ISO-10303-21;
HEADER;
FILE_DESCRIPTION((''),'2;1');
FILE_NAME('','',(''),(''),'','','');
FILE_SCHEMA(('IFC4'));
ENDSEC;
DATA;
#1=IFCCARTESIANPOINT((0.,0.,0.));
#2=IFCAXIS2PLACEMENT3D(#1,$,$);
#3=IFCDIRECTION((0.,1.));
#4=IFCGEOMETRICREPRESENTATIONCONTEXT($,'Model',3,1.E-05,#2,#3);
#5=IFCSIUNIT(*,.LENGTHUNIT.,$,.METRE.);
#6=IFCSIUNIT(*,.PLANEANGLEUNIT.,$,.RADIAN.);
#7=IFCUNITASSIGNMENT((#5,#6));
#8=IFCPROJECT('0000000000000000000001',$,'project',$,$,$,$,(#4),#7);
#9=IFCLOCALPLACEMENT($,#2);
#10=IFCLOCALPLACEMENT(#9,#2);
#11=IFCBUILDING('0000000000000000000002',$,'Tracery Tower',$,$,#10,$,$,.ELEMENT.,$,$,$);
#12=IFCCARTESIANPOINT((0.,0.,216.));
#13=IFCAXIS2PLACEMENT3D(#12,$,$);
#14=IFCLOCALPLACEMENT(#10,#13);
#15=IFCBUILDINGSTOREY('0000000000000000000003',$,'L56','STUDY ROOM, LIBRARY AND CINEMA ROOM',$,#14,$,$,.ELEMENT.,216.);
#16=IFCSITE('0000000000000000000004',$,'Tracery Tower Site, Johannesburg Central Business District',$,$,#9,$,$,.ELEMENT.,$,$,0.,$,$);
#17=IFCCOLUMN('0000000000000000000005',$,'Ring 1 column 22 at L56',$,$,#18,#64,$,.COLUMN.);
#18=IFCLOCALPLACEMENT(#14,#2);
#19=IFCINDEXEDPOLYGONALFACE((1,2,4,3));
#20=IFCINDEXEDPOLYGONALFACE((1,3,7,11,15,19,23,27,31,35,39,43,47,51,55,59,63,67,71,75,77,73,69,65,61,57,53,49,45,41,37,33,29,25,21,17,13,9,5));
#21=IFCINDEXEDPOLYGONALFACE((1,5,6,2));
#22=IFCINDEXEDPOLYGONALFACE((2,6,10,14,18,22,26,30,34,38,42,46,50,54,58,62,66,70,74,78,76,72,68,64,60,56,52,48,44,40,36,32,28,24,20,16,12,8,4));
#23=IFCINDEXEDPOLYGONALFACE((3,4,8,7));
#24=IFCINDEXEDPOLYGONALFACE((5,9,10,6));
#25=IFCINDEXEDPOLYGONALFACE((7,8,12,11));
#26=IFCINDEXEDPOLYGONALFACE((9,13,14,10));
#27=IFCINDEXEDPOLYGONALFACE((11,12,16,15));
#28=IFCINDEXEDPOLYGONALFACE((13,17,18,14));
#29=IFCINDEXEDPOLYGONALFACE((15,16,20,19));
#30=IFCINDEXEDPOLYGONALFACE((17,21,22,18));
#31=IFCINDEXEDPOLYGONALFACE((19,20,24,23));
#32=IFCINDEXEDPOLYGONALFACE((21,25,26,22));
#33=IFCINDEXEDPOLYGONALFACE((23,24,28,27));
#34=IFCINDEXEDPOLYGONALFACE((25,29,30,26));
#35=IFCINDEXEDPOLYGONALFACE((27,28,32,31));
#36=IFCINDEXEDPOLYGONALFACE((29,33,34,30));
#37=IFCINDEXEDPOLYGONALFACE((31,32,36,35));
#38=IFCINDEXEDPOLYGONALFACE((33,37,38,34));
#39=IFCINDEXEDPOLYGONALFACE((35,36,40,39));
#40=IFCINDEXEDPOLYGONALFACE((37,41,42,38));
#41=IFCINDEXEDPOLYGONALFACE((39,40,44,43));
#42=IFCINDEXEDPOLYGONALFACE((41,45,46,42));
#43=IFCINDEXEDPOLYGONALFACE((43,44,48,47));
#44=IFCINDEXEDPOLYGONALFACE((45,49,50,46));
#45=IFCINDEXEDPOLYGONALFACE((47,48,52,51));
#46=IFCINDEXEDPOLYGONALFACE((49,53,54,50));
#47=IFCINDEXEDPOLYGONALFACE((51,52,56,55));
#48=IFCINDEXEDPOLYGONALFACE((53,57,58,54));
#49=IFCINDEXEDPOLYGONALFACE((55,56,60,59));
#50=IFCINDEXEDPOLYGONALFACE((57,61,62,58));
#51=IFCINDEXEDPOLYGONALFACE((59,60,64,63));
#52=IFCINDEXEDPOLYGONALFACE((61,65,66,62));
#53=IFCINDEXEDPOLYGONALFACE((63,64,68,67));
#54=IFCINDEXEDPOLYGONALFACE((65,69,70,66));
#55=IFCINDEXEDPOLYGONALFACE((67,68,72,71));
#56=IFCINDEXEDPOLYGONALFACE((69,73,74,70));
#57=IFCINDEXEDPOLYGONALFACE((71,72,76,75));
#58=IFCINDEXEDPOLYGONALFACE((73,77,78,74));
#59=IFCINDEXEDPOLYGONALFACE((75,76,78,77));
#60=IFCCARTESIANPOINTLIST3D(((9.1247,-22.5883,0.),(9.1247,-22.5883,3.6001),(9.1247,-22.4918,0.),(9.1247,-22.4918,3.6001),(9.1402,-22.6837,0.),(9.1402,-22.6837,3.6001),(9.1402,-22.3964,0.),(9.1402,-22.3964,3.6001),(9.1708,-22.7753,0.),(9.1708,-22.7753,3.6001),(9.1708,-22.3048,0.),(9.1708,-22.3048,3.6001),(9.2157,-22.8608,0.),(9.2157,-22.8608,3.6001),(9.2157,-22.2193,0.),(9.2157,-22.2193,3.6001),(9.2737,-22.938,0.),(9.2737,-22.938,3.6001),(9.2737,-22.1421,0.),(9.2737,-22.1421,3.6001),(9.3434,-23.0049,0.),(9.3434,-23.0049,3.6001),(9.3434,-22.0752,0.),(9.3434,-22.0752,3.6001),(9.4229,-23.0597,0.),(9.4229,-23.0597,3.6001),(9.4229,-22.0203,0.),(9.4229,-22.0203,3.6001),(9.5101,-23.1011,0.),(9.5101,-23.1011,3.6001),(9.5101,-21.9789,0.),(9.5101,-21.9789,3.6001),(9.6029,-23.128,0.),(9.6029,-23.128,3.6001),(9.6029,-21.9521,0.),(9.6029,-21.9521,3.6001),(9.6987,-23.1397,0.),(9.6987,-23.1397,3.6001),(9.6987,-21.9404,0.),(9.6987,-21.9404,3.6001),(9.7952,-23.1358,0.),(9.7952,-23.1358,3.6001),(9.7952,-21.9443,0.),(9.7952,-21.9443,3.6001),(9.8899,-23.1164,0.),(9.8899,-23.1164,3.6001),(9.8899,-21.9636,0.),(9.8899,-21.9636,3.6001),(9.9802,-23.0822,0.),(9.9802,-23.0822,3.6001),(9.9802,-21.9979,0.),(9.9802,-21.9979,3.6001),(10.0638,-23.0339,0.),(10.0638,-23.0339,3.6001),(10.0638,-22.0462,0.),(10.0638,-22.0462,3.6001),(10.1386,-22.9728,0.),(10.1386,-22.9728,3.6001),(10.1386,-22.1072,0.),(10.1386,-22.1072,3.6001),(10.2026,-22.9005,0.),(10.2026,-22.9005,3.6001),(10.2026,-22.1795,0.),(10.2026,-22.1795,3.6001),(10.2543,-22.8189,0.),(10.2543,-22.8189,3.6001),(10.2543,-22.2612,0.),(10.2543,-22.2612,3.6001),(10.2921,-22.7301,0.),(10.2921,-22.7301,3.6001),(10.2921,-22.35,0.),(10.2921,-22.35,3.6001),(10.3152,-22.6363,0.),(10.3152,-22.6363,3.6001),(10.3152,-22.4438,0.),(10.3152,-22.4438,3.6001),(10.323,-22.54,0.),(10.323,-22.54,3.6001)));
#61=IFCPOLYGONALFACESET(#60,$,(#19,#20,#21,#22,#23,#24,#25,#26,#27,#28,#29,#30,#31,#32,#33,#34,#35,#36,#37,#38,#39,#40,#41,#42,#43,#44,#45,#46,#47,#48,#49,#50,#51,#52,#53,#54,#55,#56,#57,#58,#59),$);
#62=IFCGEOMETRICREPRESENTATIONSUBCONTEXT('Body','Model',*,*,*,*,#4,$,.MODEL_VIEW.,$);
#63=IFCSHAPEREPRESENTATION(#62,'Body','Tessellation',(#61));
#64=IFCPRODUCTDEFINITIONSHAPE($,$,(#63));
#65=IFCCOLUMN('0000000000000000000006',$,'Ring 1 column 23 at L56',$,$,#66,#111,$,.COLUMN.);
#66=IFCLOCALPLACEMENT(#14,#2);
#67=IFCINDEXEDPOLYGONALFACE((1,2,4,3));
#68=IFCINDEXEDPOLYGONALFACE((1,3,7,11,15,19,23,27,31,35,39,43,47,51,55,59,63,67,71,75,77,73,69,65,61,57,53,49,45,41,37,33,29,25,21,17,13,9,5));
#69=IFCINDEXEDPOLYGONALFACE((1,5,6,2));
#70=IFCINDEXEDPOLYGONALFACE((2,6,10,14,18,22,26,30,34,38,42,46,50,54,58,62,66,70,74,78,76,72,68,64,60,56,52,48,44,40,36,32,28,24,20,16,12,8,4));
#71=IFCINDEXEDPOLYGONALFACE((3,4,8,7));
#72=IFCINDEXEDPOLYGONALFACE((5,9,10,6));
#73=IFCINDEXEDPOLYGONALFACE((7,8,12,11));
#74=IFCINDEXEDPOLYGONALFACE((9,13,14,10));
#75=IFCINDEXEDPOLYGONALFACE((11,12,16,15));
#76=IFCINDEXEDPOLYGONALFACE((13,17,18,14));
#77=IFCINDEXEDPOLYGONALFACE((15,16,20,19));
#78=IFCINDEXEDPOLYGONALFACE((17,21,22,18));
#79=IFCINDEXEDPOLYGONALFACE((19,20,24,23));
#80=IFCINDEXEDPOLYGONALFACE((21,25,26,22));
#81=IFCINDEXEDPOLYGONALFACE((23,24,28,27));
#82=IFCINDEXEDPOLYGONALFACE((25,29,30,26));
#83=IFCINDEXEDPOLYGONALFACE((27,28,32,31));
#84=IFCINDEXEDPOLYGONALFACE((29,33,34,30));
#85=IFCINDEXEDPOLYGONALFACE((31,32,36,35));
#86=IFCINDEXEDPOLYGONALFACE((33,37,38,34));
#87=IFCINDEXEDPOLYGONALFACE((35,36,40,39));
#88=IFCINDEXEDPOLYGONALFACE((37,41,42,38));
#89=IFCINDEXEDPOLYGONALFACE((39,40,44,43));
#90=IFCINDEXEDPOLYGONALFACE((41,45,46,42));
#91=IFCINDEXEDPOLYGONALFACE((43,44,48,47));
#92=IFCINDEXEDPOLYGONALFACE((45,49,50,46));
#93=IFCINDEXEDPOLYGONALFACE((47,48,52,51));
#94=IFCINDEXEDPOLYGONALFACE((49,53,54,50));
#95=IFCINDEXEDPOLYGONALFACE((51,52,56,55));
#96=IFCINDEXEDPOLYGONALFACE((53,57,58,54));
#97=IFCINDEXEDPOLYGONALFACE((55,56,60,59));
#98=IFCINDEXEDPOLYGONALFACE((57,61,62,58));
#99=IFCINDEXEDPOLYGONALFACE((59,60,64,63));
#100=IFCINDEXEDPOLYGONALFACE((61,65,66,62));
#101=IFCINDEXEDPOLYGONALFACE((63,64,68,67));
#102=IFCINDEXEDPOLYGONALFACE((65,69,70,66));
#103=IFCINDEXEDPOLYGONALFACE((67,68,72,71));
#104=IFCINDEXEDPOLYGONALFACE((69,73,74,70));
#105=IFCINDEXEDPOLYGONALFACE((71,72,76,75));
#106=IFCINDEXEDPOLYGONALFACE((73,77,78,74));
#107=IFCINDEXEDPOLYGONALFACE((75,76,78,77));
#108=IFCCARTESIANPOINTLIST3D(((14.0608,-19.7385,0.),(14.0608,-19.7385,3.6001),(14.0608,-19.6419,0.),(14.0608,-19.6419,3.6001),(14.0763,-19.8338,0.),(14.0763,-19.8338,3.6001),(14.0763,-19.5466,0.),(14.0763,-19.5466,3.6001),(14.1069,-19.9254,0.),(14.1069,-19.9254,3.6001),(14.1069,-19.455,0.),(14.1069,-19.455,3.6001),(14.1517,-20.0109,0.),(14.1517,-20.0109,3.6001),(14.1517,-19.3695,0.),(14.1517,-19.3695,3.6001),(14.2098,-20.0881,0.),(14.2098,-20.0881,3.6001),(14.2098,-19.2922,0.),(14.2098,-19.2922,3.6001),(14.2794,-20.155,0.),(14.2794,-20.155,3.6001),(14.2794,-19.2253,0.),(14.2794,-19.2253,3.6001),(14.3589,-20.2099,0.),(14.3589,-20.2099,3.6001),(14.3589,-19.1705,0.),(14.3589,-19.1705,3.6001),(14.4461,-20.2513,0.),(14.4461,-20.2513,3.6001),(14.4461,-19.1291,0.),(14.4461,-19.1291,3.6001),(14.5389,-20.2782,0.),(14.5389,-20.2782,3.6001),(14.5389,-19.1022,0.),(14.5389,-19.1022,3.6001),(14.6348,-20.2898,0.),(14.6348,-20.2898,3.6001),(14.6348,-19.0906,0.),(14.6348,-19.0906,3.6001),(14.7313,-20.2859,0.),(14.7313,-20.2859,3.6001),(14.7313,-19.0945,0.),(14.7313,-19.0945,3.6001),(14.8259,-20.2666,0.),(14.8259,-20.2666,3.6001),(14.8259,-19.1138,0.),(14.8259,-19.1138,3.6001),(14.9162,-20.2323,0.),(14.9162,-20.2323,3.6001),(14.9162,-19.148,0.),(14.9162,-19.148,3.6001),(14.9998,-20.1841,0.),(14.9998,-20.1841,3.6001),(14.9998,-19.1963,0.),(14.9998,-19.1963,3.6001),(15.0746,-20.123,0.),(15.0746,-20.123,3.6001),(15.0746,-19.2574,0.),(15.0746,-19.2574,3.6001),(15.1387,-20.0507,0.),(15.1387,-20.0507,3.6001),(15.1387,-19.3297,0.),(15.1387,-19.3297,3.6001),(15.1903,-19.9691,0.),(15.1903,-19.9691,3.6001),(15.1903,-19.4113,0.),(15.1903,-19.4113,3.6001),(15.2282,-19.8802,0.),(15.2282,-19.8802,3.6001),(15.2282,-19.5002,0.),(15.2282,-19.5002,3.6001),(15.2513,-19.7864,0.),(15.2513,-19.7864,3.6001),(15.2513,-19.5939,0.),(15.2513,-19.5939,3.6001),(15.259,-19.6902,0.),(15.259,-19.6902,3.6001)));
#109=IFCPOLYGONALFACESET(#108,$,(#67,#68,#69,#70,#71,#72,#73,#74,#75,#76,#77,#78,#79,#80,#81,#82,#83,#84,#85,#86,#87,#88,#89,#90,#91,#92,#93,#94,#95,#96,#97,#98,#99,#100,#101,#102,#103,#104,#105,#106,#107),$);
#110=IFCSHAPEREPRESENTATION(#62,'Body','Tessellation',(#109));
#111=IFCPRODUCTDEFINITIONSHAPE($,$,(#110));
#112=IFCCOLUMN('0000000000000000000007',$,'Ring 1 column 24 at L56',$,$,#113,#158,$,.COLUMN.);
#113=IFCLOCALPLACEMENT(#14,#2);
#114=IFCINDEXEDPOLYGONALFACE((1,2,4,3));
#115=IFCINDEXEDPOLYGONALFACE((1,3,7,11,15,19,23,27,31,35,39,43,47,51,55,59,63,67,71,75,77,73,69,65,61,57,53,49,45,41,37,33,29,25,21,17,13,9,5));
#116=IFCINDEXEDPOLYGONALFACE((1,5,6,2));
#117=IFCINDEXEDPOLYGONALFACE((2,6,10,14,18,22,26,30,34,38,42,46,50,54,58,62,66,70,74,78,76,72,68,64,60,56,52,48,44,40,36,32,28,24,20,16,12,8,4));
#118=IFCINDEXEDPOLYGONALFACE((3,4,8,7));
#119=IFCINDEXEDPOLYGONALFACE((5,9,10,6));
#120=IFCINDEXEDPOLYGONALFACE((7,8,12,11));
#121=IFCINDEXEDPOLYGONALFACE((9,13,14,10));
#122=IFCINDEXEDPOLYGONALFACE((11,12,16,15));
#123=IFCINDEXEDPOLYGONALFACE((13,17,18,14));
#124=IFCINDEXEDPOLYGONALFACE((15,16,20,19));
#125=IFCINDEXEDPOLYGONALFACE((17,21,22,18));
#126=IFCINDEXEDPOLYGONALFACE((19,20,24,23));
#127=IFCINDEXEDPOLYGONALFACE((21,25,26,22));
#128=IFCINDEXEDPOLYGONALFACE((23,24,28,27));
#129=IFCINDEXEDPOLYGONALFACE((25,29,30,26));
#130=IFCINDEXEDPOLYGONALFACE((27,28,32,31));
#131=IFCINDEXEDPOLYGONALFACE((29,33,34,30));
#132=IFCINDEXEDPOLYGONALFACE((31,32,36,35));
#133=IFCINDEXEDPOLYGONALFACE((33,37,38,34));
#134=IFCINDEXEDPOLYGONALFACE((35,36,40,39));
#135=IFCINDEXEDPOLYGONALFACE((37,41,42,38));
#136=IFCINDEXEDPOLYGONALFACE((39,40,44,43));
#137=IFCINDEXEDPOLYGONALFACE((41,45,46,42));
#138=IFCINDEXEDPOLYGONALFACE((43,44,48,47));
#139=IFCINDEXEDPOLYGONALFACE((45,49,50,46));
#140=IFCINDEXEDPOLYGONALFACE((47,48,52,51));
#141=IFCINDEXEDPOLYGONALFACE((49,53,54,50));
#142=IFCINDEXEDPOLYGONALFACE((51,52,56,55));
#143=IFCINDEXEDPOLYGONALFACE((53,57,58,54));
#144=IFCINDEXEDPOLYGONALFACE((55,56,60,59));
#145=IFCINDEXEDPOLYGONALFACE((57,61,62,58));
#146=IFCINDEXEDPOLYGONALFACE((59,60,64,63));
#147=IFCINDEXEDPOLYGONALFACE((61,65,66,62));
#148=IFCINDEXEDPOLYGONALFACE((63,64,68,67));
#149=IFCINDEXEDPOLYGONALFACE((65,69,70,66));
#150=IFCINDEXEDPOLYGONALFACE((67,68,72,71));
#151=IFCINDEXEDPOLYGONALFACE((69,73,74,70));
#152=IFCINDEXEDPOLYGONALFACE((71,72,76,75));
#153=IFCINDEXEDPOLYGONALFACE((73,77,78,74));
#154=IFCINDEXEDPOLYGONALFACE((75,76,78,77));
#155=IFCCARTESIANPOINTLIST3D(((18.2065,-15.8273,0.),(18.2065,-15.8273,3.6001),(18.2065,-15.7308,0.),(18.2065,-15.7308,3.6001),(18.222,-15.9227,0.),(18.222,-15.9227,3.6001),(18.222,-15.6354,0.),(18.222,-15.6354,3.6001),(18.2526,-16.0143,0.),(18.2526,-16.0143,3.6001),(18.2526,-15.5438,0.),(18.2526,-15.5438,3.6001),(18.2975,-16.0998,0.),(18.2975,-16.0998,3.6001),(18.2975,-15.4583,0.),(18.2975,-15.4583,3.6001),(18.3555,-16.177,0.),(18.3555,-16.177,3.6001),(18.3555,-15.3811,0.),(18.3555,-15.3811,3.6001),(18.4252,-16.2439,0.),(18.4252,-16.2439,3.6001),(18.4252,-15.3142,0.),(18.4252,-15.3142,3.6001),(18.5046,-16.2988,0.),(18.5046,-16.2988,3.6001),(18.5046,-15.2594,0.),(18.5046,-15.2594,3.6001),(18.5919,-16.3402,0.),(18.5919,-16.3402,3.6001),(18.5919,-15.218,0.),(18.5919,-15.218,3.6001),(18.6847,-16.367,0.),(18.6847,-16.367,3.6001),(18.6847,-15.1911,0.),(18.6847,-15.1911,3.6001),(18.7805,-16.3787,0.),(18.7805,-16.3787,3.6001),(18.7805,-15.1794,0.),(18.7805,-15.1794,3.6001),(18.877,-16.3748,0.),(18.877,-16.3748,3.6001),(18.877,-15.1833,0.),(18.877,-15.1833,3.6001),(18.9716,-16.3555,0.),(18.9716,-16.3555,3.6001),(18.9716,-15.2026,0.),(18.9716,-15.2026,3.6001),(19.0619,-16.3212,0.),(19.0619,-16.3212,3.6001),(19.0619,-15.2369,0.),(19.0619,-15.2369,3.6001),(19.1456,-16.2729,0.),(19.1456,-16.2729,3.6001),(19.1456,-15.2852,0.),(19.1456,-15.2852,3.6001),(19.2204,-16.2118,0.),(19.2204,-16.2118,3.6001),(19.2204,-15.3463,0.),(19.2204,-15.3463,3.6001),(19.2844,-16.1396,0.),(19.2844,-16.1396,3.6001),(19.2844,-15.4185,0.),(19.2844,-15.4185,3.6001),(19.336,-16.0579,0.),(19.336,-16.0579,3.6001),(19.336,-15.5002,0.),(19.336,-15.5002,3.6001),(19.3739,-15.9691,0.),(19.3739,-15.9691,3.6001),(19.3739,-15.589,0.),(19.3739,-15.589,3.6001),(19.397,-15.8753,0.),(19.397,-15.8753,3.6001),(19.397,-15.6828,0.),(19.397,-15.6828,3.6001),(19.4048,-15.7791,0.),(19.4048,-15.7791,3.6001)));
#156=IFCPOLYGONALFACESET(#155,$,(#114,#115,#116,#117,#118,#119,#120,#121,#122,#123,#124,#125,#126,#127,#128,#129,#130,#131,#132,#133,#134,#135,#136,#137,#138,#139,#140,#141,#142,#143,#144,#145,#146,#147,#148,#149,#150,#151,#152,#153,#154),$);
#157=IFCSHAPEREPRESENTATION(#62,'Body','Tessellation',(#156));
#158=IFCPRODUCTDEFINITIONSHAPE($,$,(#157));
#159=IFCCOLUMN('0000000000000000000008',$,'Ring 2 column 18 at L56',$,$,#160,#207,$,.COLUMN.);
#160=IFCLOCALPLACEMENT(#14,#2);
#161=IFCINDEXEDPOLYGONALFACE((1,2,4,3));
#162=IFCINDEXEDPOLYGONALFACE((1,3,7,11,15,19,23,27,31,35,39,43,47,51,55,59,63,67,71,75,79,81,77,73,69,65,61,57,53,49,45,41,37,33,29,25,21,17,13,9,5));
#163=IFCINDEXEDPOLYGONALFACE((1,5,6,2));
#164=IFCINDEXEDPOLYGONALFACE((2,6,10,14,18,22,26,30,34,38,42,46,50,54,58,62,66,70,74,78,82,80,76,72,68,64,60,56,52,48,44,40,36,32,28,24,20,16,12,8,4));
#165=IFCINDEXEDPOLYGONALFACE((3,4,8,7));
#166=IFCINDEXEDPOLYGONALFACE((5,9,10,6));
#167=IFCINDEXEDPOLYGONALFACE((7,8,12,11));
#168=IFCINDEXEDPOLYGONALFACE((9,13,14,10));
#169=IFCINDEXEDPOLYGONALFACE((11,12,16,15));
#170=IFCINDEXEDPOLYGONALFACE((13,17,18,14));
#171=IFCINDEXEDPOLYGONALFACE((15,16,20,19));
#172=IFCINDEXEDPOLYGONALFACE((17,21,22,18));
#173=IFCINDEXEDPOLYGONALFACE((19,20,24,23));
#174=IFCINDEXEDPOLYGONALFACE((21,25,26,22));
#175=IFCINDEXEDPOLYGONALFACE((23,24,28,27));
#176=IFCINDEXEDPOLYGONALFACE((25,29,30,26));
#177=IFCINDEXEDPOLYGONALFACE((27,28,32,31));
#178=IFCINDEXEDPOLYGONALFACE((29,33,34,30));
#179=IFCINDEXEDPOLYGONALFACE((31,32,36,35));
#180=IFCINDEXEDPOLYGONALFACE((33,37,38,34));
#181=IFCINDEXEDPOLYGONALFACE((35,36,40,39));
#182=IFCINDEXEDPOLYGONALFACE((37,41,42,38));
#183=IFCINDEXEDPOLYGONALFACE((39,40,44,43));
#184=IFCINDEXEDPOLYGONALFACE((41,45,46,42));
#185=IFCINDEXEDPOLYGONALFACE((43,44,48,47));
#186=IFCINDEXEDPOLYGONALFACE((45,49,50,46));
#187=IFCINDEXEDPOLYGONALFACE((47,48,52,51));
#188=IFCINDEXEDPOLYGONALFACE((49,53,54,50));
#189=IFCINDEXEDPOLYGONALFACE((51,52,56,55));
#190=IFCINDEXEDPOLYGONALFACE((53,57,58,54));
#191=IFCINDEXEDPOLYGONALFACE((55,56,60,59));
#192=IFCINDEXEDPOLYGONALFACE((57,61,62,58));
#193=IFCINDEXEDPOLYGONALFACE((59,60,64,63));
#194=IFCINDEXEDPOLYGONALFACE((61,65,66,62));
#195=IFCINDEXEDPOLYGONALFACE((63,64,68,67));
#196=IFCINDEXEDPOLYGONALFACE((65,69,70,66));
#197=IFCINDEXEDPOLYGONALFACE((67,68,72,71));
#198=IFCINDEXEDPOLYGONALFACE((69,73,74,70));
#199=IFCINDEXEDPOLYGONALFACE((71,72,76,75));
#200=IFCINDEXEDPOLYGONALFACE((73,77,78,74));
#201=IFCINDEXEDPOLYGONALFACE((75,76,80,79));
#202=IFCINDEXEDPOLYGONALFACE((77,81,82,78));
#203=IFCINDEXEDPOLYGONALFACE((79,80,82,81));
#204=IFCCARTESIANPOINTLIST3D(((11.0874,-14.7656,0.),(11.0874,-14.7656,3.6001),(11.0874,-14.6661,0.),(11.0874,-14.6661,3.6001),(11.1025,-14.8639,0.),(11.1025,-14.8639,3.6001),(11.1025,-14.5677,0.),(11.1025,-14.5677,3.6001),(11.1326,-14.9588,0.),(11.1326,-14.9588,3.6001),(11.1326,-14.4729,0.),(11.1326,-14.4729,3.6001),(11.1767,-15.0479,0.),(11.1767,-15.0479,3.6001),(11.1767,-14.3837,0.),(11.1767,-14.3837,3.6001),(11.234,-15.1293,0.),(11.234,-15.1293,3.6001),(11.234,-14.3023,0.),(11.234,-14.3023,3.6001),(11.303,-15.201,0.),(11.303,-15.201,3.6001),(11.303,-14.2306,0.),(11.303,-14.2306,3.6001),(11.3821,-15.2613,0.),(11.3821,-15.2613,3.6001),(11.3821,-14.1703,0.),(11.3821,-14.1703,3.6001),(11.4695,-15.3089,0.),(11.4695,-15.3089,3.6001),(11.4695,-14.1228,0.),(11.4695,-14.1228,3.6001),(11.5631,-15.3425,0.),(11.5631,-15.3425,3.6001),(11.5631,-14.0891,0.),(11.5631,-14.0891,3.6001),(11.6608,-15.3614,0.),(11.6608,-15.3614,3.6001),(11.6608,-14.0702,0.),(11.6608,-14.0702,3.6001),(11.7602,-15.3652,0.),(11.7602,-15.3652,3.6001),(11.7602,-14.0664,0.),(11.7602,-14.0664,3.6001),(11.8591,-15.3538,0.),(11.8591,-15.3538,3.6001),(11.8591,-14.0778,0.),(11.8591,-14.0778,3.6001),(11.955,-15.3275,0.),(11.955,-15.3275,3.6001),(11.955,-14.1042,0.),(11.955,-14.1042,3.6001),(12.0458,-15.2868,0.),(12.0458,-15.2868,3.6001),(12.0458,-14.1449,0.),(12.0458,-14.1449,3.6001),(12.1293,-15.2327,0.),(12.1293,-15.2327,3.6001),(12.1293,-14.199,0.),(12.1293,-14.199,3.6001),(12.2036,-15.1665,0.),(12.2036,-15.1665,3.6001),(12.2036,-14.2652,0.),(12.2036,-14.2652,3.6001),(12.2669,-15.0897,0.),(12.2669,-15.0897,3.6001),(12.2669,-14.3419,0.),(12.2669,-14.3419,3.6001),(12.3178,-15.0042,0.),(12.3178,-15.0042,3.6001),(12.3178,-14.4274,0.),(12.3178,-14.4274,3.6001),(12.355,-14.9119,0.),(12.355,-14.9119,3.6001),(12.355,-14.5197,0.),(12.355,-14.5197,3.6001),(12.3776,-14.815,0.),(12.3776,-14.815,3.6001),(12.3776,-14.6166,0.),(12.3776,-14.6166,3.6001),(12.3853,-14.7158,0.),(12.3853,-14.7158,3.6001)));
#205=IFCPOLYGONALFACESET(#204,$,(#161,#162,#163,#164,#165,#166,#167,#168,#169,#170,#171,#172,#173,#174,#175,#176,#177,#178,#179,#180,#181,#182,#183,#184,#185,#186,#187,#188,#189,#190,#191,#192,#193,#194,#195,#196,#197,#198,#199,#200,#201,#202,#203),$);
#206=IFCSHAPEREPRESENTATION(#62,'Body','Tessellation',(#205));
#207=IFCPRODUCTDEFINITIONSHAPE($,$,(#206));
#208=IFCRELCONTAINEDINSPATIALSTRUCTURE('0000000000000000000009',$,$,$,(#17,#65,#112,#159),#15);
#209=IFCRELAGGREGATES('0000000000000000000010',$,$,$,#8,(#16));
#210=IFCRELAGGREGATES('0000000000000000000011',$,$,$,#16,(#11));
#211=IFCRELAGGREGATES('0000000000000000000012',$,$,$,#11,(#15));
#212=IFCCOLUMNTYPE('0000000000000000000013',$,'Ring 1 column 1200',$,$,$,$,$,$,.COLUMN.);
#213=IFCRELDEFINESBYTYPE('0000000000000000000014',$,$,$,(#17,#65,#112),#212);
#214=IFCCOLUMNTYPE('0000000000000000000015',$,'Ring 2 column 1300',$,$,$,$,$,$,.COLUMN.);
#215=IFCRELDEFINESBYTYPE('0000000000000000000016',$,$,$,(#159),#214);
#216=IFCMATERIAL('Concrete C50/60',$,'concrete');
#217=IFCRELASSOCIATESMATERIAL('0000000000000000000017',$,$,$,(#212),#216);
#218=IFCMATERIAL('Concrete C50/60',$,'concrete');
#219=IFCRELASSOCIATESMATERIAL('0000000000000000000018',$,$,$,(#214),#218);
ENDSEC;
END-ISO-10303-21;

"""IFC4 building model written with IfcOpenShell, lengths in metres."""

from ifc_helpers import new_model, si_unit, direction, frame, origin, origin_2d, place, context, subcontext, project, spatial, circle, extrude, material, material_profile, profile_set, type_object, element, save


model = new_model("IFC4")

# Units and contexts
model_context = context("Model", 3, precision=1e-05, world=origin(), true_north=direction((0.0, 1.0)))
body_context = subcontext(model_context, "Body", "Model", "MODEL_VIEW")
ifc_project = project(units=[si_unit("LENGTHUNIT", "METRE"), si_unit("PLANEANGLEUNIT", "RADIAN")], contexts=[model_context])

# Site, building, storey
site_placement = place(None, origin())
site = spatial("IfcSite", under=ifc_project, at=site_placement, Name="Tracery Tower Site, Johannesburg Central Business District", CompositionType="ELEMENT", RefElevation=0.0)
building_placement = place(site_placement, origin())
building = spatial("IfcBuilding", under=site, at=building_placement, Name="Tracery Tower", CompositionType="ELEMENT")
storey_placement = place(building_placement, frame((0.0, 0.0, 216.0)))
storey = spatial("IfcBuildingStorey", under=building, at=storey_placement, Name="L56", Description="STUDY ROOM, LIBRARY AND CINEMA ROOM", CompositionType="ELEMENT", Elevation=216.0)

# Columns
ifc_material_1 = material(Name="Concrete C50/60", Category="concrete")
ifc_material_profile_1 = material_profile(ifc_material_1, circle(Radius=0.6001, at=origin_2d()), Name="RC D1200")
ifc_profile_set_1 = profile_set([ifc_material_profile_1], Name="Concrete C50/60")
column_type_1 = type_object("IfcColumnType", Name="Ring 1 column 1200", PredefinedType="COLUMN", material=ifc_profile_set_1)
for number, where, z_axis, x_axis, name in (
    (1, (9.7229, -22.54, 0.0), (0.0, 0.0, 1.0), (1.0, 0.0, 0.0), "Ring 1 column 22 at L56"),
    (2, (14.6589, -19.6902, 0.0), (0.0, 0.0, 1.0), (1.0, 0.0, 0.0), "Ring 1 column 23 at L56"),
    (3, (18.8047, -15.7791, 0.0), (0.0, 0.0, 1.0), (1.0, 0.0, 0.0), "Ring 1 column 24 at L56"),
):
    element("IfcColumn", number, at=place(storey_placement, frame(where, z_axis=z_axis, x_axis=x_axis)), inside=storey, type_object=column_type_1, Name=name, PredefinedType="COLUMN", context=body_context, shape_type="SweptSolid", body=[
        extrude(circle(Radius=0.6001, at=origin_2d()), origin(), (0.0, 0.0, 1.0), 3.6001),
    ])
ifc_material_2 = material(Name="Concrete C50/60", Category="concrete")
ifc_material_profile_2 = material_profile(ifc_material_2, circle(Radius=0.6499, at=origin_2d()), Name="RC D1300")
ifc_profile_set_2 = profile_set([ifc_material_profile_2], Name="Concrete C50/60")
column_type_2 = type_object("IfcColumnType", Name="Ring 2 column 1300", PredefinedType="COLUMN", material=ifc_profile_set_2)
column_placement = place(storey_placement, frame((11.7354, -14.7158, 0.0), z_axis=(0.0, 0.0, 1.0), x_axis=(1.0, 0.0, 0.0)))
element("IfcColumn", 4, at=column_placement, inside=storey, type_object=column_type_2, Name="Ring 2 column 18 at L56", PredefinedType="COLUMN", context=body_context, shape_type="SweptSolid", body=[
    extrude(circle(Radius=0.6499, at=origin_2d()), origin(), (0.0, 0.0, 1.0), 3.6001),
])

save(model, "model.ifc")
